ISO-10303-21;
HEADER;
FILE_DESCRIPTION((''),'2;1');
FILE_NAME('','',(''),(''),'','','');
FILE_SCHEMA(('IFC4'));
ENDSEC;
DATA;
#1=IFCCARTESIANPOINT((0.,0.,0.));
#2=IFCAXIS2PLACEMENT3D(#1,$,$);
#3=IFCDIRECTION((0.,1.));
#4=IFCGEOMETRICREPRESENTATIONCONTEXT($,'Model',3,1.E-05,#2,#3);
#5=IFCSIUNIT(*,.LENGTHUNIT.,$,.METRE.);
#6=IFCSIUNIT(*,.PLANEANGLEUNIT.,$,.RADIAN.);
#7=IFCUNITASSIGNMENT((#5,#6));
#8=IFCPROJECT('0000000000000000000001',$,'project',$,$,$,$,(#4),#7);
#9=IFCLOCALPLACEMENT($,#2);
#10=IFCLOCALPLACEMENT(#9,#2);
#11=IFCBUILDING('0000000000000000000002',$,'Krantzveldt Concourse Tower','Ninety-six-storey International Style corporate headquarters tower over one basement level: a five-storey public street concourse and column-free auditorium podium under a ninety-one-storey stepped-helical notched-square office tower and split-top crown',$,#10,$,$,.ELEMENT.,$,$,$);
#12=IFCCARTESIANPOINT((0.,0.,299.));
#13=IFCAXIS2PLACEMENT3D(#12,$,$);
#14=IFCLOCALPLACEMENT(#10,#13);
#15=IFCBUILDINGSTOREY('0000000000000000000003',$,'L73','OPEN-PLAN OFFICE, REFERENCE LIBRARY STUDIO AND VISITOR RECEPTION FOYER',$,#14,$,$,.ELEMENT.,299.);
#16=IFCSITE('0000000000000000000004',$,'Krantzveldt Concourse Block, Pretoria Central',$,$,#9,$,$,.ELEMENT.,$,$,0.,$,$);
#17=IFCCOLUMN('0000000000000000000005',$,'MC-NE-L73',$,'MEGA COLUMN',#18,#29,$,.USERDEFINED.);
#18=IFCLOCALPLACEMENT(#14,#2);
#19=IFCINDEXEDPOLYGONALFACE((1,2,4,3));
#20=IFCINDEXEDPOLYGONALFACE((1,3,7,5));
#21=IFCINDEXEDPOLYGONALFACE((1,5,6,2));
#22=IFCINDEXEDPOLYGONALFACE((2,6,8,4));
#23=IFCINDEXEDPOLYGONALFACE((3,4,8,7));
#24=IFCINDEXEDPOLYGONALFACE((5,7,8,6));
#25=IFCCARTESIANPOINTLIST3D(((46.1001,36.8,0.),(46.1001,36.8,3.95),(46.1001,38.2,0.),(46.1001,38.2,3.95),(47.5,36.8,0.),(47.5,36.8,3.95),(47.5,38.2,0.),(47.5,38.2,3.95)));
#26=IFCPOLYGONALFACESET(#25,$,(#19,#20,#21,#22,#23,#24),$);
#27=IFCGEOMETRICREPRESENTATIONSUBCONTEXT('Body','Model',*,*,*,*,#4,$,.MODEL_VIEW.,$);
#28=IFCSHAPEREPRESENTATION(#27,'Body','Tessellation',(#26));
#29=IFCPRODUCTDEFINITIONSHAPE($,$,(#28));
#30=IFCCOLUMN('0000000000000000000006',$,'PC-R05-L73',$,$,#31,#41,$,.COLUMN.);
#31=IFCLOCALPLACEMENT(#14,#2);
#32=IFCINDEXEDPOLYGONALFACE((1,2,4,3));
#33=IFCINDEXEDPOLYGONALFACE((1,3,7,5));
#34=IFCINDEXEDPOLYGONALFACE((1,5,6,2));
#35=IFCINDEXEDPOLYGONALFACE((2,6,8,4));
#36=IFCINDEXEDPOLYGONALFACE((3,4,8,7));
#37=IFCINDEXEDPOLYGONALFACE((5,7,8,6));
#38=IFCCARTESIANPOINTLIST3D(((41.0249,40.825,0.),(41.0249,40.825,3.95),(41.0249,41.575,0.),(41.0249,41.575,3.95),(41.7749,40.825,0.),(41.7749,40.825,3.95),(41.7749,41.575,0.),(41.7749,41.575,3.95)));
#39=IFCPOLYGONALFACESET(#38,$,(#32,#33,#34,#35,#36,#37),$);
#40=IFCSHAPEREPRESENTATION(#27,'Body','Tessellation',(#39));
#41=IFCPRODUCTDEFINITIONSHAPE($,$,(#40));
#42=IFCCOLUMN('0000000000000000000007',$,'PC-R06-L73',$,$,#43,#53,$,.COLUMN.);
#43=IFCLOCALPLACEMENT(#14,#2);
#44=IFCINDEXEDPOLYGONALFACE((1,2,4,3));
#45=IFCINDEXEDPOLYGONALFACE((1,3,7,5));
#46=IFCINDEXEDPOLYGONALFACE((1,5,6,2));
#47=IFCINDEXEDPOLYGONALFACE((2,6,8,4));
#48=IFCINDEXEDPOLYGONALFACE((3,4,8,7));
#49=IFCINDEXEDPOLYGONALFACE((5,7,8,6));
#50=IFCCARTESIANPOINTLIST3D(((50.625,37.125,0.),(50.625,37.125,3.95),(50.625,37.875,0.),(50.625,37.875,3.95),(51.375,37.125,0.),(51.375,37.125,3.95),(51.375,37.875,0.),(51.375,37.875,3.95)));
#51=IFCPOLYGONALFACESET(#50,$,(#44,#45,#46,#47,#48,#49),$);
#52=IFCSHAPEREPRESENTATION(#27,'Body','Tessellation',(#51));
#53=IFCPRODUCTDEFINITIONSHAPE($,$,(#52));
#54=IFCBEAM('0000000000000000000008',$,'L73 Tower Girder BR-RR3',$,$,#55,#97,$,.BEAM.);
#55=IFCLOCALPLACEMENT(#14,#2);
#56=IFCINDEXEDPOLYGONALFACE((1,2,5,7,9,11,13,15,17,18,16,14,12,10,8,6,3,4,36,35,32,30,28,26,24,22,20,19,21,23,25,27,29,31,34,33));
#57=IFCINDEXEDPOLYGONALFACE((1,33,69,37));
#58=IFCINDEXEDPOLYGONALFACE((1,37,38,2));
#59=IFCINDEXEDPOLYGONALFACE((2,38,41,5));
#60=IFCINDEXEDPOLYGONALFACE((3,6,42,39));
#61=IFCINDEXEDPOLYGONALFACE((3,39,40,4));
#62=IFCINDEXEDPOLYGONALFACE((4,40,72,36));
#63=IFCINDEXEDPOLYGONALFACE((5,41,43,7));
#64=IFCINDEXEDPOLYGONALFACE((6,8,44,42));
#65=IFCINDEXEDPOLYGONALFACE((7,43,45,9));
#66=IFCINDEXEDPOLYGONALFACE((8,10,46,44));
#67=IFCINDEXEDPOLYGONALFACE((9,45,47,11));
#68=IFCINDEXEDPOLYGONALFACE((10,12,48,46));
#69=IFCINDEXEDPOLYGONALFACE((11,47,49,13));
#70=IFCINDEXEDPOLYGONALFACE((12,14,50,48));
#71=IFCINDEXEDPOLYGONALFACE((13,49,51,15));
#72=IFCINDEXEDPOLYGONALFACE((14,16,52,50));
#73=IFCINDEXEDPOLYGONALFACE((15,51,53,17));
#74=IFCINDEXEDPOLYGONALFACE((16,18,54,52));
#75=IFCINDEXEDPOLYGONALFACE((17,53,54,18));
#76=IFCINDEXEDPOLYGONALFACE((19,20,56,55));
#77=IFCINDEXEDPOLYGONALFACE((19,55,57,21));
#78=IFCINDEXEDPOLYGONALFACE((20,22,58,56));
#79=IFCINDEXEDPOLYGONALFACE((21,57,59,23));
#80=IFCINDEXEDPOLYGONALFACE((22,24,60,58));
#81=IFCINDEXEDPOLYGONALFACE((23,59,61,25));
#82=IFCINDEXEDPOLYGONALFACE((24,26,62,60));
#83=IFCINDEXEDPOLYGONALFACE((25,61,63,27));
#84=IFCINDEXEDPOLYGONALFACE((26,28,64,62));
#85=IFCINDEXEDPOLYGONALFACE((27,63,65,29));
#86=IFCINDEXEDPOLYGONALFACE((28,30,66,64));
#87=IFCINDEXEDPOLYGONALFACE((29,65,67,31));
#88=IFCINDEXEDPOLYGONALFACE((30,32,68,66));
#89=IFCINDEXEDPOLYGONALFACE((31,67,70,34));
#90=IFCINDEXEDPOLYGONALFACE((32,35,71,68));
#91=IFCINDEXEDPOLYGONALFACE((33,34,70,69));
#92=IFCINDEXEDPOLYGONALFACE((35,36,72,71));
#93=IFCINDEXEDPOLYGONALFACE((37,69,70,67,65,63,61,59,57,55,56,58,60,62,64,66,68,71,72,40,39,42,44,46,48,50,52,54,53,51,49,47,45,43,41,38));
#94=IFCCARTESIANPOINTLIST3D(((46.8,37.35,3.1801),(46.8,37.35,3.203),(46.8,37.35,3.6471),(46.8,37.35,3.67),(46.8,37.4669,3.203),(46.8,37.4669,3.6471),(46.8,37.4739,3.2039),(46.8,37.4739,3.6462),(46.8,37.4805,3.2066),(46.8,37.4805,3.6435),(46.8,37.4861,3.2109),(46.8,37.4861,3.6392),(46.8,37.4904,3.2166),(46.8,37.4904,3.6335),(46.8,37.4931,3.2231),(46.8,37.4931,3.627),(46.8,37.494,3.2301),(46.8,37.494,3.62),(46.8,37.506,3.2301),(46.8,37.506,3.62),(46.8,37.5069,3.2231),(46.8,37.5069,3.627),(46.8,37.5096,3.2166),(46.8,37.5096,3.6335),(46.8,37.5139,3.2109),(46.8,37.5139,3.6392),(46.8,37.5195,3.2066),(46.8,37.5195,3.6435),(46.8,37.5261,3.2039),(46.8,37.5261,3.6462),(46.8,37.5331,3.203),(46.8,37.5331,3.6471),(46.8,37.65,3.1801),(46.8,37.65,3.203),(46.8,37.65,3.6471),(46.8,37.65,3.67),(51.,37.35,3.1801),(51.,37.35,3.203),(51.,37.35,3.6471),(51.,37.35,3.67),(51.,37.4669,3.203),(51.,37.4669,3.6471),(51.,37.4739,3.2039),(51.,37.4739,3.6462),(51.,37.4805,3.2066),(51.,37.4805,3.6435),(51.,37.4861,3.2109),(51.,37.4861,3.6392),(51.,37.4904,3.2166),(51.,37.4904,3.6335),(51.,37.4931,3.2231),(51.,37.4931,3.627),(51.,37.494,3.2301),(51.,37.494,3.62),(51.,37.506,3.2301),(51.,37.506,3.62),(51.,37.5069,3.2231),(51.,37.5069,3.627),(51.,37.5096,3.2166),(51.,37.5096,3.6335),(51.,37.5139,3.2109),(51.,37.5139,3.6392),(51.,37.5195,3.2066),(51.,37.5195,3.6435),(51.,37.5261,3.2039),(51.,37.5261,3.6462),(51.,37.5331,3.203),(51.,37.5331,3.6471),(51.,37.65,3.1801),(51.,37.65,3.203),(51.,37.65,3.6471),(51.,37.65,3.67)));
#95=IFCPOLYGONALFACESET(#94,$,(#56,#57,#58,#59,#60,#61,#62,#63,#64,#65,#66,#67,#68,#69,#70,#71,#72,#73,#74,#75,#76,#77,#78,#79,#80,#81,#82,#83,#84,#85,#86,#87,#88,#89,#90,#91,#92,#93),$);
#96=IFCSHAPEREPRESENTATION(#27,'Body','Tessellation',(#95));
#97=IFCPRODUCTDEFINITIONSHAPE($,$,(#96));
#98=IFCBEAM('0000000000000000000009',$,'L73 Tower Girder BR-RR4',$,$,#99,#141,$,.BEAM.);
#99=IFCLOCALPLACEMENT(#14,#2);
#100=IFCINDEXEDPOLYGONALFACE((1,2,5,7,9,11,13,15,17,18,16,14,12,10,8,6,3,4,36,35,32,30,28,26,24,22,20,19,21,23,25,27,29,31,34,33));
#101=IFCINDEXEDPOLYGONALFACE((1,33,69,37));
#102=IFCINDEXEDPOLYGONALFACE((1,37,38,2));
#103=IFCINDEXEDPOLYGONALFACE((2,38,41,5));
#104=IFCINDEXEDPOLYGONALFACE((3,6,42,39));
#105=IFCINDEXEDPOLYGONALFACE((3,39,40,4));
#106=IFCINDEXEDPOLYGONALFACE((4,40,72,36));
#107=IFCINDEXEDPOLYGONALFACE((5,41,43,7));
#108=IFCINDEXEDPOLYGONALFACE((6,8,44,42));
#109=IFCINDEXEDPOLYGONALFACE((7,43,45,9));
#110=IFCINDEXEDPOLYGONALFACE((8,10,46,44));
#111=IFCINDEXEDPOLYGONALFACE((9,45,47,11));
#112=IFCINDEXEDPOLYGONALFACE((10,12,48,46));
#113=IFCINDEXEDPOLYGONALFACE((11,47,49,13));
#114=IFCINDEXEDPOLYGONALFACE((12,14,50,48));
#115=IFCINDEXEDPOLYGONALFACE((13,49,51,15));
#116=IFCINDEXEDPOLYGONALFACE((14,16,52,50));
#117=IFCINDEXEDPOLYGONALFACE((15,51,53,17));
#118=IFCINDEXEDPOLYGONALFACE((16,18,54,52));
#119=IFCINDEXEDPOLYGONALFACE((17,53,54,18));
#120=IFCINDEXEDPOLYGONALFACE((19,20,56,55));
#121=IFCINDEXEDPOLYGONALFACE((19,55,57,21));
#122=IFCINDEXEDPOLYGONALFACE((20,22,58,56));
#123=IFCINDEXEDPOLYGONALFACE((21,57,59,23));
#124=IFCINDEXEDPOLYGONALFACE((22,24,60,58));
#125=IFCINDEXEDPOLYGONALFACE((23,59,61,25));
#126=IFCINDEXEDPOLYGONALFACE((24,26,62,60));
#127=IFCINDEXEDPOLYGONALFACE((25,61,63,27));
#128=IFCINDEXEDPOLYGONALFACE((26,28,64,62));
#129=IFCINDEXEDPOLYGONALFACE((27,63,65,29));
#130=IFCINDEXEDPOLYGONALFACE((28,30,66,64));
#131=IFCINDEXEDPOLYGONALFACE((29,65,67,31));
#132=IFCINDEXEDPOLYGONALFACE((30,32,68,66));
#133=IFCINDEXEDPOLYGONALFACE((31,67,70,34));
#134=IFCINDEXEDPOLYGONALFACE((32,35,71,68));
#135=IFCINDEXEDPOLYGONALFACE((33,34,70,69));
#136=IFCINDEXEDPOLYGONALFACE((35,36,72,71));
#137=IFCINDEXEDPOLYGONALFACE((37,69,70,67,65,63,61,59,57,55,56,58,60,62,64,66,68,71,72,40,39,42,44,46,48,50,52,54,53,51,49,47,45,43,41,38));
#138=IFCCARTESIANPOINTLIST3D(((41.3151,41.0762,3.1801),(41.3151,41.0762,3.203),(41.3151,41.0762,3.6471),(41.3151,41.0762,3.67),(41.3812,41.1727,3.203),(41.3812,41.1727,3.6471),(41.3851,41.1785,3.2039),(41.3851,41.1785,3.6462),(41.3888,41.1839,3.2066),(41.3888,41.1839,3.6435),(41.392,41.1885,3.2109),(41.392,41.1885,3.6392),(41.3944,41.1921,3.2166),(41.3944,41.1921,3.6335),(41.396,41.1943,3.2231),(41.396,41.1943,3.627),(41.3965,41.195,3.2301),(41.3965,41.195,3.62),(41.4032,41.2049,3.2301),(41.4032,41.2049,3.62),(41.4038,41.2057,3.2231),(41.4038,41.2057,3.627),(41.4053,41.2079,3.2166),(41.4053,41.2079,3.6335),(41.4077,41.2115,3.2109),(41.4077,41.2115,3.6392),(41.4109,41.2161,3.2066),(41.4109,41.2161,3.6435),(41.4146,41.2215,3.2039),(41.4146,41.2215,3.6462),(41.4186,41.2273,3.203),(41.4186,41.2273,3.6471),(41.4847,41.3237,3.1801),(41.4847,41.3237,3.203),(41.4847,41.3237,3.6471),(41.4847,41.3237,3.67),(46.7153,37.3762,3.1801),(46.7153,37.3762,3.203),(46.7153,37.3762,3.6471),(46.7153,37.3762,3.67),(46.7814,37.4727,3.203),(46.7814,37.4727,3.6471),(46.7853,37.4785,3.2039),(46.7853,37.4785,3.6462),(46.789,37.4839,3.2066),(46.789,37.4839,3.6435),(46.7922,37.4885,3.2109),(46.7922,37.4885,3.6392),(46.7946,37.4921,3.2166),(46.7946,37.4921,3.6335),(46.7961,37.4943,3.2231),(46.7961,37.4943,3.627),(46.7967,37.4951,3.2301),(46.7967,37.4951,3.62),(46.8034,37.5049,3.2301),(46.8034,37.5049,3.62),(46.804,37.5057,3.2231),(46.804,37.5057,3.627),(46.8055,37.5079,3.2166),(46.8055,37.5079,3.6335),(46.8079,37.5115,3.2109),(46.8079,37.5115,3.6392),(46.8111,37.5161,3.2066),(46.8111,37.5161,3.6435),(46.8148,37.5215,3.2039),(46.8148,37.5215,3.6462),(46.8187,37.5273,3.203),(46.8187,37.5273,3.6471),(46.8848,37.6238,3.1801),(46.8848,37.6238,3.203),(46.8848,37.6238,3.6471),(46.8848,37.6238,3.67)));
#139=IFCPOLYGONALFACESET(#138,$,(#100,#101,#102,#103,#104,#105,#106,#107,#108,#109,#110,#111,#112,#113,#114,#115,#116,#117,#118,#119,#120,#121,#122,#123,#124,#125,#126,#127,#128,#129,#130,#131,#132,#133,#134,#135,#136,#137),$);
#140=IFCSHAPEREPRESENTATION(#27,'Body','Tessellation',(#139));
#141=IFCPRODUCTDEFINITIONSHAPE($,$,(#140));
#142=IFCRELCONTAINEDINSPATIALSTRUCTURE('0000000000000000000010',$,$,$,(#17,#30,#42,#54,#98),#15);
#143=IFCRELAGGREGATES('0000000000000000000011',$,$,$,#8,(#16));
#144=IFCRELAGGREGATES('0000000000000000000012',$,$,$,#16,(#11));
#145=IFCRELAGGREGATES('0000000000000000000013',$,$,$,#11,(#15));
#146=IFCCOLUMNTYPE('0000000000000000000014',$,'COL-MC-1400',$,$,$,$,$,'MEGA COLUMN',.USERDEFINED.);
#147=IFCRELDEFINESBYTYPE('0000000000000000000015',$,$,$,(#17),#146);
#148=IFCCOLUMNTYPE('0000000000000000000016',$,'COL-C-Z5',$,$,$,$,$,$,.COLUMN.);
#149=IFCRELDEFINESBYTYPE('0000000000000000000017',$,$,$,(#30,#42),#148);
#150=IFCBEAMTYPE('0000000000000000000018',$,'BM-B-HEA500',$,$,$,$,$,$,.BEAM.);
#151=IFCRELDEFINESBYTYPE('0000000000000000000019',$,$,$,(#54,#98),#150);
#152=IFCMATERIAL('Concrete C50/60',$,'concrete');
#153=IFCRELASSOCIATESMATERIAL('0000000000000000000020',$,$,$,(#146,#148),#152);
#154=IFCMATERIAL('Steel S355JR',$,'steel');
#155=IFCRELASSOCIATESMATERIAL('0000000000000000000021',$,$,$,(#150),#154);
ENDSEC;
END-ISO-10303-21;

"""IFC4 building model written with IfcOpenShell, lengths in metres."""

from ifc_helpers import new_model, si_unit, direction, frame, origin, origin_2d, place, context, subcontext, project, spatial, rectangle, i_section, extrude, source, transform, mapped, material, material_profile, profile_set, type_object, type_shapes, element, save


model = new_model("IFC4")

# Units and contexts
model_context = context("Model", 3, precision=1e-05, world=origin(), true_north=direction((0.0, 1.0)))
body_context = subcontext(model_context, "Body", "Model", "MODEL_VIEW")
ifc_project = project(units=[si_unit("LENGTHUNIT", "METRE"), si_unit("PLANEANGLEUNIT", "RADIAN")], contexts=[model_context])

# Site, building, storey
site_placement = place(None, origin())
site = spatial("IfcSite", under=ifc_project, at=site_placement, Name="Krantzveldt Concourse Block, Pretoria Central", CompositionType="ELEMENT", RefElevation=0.0)
building_placement = place(site_placement, origin())
building = spatial("IfcBuilding", under=site, at=building_placement, Name="Krantzveldt Concourse Tower", Description="Ninety-six-storey International Style corporate headquarters tower over one basement level: a five-storey public street concourse and column-free auditorium podium under a ninety-one-storey stepped-helical notched-square office tower and split-top crown", CompositionType="ELEMENT")
storey_placement = place(building_placement, frame((0.0, 0.0, 299.0)))
storey = spatial("IfcBuildingStorey", under=building, at=storey_placement, Name="L73", Description="OPEN-PLAN OFFICE, REFERENCE LIBRARY STUDIO AND VISITOR RECEPTION FOYER", CompositionType="ELEMENT", Elevation=299.0)

# Columns
ifc_material_1 = material(Name="Concrete C50/60", Category="concrete")
ifc_material_profile_1 = material_profile(ifc_material_1, rectangle(XDim=1.3999, YDim=1.3999, at=origin_2d()), Name="Concrete C50/60", Category="concrete")
ifc_profile_set_1 = profile_set([ifc_material_profile_1], Name="Concrete C50/60 - RC 1400x1400")
column_type_1 = type_object("IfcColumnType", Name="COL-MC-1400", ElementType="MEGA COLUMN", PredefinedType="USERDEFINED", material=ifc_profile_set_1)
shared_shape_1 = source(origin(), body_context, "Body", "SweptSolid", [
    extrude(rectangle(XDim=1.3999, YDim=1.3999, at=origin_2d()), origin(), (0.0, 0.0, 1.0), 3.95),
])
type_shapes(column_type_1, [shared_shape_1])
column_placement = place(storey_placement, frame((46.8, 37.5, 0.0), z_axis=(0.0, 0.0, 1.0), x_axis=(1.0, 0.0, 0.0)))
element("IfcColumn", 1, at=column_placement, inside=storey, type_object=column_type_1, Name="MC-NE-L73", ObjectType="MEGA COLUMN", PredefinedType="USERDEFINED", context=body_context, shape_type="MappedRepresentation", body=[
    mapped(shared_shape_1, transform((0.0, 0.0, 0.0), x_axis=(1.0, 0.0, 0.0), y_axis=(0.0, 1.0, 0.0), z_axis=(0.0, 0.0, 1.0), scale=1.0)),
])
ifc_material_profile_2 = material_profile(ifc_material_1, rectangle(XDim=0.75, YDim=0.75, at=origin_2d()), Name="Concrete C50/60", Category="concrete")
ifc_profile_set_2 = profile_set([ifc_material_profile_2], Name="Concrete C50/60 - RC 750x750")
column_type_2 = type_object("IfcColumnType", Name="COL-C-Z5", PredefinedType="COLUMN", material=ifc_profile_set_2)
shared_shape_2 = source(origin(), body_context, "Body", "SweptSolid", [
    extrude(rectangle(XDim=0.75, YDim=0.75, at=origin_2d()), origin(), (0.0, 0.0, 1.0), 3.95),
])
type_shapes(column_type_2, [shared_shape_2])
for number, where, z_axis, x_axis, name in (
    (2, (41.3999, 41.2, 0.0), (0.0, 0.0, 1.0), (1.0, 0.0, 0.0), "PC-R05-L73"),
    (3, (51.0, 37.5, 0.0), (0.0, 0.0, 1.0), (1.0, 0.0, 0.0), "PC-R06-L73"),
):
    element("IfcColumn", number, at=place(storey_placement, frame(where, z_axis=z_axis, x_axis=x_axis)), inside=storey, type_object=column_type_2, Name=name, PredefinedType="COLUMN", context=body_context, shape_type="MappedRepresentation", body=[
        mapped(shared_shape_2, transform((0.0, 0.0, 0.0), x_axis=(1.0, 0.0, 0.0), y_axis=(0.0, 1.0, 0.0), z_axis=(0.0, 0.0, 1.0), scale=1.0)),
    ])

# Beams
ifc_material_2 = material(Name="Steel S355JR", Category="steel")
ifc_material_profile_3 = material_profile(ifc_material_2, i_section(OverallWidth=0.3, OverallDepth=0.49, WebThickness=0.012, FlangeThickness=0.0229, FilletRadius=0.0271, at=origin_2d()), Name="Steel S355JR", Category="steel")
ifc_profile_set_3 = profile_set([ifc_material_profile_3], Name="Steel S355JR - HEA 500")
beam_type_1 = type_object("IfcBeamType", Name="BM-B-HEA500", PredefinedType="BEAM", material=ifc_profile_set_3)
shared_shape_3 = source(origin(), body_context, "Body", "SweptSolid", [
    extrude(i_section(OverallWidth=0.3, OverallDepth=0.49, WebThickness=0.012, FlangeThickness=0.0229, FilletRadius=0.0271, at=origin_2d()), origin(), (0.0, 0.0, 1.0), 4.2),
])
beam_1_placement = place(storey_placement, frame((46.8, 37.5, 3.425), z_axis=(1.0, 0.0, 0.0), x_axis=(0.0, 1.0, 0.0)))
element("IfcBeam", 4, at=beam_1_placement, inside=storey, type_object=beam_type_1, Name="L73 Tower Girder BR-RR3", PredefinedType="BEAM", context=body_context, shape_type="MappedRepresentation", body=[
    mapped(shared_shape_3, transform((0.0, 0.0, 0.0), x_axis=(1.0, 0.0, 0.0), y_axis=(0.0, 1.0, 0.0), z_axis=(0.0, 0.0, 1.0), scale=1.0)),
])
shared_shape_4 = source(origin(), body_context, "Body", "SweptSolid", [
    extrude(i_section(OverallWidth=0.3, OverallDepth=0.49, WebThickness=0.012, FlangeThickness=0.0229, FilletRadius=0.0271, at=origin_2d()), origin(), (0.0, 0.0, 1.0), 6.5461),
])
type_shapes(beam_type_1, [shared_shape_3, shared_shape_4])
beam_2_placement = place(storey_placement, frame((46.8, 37.5, 3.425), z_axis=(-0.824943, 0.565216, 0.0), x_axis=(-0.565216, -0.824943, 0.0)))
element("IfcBeam", 5, at=beam_2_placement, inside=storey, type_object=beam_type_1, Name="L73 Tower Girder BR-RR4", PredefinedType="BEAM", context=body_context, shape_type="MappedRepresentation", body=[
    mapped(shared_shape_4, transform((0.0, 0.0, 0.0), x_axis=(1.0, 0.0, 0.0), y_axis=(0.0, 1.0, 0.0), z_axis=(0.0, 0.0, 1.0), scale=1.0)),
])

save(model, "model.ifc")
